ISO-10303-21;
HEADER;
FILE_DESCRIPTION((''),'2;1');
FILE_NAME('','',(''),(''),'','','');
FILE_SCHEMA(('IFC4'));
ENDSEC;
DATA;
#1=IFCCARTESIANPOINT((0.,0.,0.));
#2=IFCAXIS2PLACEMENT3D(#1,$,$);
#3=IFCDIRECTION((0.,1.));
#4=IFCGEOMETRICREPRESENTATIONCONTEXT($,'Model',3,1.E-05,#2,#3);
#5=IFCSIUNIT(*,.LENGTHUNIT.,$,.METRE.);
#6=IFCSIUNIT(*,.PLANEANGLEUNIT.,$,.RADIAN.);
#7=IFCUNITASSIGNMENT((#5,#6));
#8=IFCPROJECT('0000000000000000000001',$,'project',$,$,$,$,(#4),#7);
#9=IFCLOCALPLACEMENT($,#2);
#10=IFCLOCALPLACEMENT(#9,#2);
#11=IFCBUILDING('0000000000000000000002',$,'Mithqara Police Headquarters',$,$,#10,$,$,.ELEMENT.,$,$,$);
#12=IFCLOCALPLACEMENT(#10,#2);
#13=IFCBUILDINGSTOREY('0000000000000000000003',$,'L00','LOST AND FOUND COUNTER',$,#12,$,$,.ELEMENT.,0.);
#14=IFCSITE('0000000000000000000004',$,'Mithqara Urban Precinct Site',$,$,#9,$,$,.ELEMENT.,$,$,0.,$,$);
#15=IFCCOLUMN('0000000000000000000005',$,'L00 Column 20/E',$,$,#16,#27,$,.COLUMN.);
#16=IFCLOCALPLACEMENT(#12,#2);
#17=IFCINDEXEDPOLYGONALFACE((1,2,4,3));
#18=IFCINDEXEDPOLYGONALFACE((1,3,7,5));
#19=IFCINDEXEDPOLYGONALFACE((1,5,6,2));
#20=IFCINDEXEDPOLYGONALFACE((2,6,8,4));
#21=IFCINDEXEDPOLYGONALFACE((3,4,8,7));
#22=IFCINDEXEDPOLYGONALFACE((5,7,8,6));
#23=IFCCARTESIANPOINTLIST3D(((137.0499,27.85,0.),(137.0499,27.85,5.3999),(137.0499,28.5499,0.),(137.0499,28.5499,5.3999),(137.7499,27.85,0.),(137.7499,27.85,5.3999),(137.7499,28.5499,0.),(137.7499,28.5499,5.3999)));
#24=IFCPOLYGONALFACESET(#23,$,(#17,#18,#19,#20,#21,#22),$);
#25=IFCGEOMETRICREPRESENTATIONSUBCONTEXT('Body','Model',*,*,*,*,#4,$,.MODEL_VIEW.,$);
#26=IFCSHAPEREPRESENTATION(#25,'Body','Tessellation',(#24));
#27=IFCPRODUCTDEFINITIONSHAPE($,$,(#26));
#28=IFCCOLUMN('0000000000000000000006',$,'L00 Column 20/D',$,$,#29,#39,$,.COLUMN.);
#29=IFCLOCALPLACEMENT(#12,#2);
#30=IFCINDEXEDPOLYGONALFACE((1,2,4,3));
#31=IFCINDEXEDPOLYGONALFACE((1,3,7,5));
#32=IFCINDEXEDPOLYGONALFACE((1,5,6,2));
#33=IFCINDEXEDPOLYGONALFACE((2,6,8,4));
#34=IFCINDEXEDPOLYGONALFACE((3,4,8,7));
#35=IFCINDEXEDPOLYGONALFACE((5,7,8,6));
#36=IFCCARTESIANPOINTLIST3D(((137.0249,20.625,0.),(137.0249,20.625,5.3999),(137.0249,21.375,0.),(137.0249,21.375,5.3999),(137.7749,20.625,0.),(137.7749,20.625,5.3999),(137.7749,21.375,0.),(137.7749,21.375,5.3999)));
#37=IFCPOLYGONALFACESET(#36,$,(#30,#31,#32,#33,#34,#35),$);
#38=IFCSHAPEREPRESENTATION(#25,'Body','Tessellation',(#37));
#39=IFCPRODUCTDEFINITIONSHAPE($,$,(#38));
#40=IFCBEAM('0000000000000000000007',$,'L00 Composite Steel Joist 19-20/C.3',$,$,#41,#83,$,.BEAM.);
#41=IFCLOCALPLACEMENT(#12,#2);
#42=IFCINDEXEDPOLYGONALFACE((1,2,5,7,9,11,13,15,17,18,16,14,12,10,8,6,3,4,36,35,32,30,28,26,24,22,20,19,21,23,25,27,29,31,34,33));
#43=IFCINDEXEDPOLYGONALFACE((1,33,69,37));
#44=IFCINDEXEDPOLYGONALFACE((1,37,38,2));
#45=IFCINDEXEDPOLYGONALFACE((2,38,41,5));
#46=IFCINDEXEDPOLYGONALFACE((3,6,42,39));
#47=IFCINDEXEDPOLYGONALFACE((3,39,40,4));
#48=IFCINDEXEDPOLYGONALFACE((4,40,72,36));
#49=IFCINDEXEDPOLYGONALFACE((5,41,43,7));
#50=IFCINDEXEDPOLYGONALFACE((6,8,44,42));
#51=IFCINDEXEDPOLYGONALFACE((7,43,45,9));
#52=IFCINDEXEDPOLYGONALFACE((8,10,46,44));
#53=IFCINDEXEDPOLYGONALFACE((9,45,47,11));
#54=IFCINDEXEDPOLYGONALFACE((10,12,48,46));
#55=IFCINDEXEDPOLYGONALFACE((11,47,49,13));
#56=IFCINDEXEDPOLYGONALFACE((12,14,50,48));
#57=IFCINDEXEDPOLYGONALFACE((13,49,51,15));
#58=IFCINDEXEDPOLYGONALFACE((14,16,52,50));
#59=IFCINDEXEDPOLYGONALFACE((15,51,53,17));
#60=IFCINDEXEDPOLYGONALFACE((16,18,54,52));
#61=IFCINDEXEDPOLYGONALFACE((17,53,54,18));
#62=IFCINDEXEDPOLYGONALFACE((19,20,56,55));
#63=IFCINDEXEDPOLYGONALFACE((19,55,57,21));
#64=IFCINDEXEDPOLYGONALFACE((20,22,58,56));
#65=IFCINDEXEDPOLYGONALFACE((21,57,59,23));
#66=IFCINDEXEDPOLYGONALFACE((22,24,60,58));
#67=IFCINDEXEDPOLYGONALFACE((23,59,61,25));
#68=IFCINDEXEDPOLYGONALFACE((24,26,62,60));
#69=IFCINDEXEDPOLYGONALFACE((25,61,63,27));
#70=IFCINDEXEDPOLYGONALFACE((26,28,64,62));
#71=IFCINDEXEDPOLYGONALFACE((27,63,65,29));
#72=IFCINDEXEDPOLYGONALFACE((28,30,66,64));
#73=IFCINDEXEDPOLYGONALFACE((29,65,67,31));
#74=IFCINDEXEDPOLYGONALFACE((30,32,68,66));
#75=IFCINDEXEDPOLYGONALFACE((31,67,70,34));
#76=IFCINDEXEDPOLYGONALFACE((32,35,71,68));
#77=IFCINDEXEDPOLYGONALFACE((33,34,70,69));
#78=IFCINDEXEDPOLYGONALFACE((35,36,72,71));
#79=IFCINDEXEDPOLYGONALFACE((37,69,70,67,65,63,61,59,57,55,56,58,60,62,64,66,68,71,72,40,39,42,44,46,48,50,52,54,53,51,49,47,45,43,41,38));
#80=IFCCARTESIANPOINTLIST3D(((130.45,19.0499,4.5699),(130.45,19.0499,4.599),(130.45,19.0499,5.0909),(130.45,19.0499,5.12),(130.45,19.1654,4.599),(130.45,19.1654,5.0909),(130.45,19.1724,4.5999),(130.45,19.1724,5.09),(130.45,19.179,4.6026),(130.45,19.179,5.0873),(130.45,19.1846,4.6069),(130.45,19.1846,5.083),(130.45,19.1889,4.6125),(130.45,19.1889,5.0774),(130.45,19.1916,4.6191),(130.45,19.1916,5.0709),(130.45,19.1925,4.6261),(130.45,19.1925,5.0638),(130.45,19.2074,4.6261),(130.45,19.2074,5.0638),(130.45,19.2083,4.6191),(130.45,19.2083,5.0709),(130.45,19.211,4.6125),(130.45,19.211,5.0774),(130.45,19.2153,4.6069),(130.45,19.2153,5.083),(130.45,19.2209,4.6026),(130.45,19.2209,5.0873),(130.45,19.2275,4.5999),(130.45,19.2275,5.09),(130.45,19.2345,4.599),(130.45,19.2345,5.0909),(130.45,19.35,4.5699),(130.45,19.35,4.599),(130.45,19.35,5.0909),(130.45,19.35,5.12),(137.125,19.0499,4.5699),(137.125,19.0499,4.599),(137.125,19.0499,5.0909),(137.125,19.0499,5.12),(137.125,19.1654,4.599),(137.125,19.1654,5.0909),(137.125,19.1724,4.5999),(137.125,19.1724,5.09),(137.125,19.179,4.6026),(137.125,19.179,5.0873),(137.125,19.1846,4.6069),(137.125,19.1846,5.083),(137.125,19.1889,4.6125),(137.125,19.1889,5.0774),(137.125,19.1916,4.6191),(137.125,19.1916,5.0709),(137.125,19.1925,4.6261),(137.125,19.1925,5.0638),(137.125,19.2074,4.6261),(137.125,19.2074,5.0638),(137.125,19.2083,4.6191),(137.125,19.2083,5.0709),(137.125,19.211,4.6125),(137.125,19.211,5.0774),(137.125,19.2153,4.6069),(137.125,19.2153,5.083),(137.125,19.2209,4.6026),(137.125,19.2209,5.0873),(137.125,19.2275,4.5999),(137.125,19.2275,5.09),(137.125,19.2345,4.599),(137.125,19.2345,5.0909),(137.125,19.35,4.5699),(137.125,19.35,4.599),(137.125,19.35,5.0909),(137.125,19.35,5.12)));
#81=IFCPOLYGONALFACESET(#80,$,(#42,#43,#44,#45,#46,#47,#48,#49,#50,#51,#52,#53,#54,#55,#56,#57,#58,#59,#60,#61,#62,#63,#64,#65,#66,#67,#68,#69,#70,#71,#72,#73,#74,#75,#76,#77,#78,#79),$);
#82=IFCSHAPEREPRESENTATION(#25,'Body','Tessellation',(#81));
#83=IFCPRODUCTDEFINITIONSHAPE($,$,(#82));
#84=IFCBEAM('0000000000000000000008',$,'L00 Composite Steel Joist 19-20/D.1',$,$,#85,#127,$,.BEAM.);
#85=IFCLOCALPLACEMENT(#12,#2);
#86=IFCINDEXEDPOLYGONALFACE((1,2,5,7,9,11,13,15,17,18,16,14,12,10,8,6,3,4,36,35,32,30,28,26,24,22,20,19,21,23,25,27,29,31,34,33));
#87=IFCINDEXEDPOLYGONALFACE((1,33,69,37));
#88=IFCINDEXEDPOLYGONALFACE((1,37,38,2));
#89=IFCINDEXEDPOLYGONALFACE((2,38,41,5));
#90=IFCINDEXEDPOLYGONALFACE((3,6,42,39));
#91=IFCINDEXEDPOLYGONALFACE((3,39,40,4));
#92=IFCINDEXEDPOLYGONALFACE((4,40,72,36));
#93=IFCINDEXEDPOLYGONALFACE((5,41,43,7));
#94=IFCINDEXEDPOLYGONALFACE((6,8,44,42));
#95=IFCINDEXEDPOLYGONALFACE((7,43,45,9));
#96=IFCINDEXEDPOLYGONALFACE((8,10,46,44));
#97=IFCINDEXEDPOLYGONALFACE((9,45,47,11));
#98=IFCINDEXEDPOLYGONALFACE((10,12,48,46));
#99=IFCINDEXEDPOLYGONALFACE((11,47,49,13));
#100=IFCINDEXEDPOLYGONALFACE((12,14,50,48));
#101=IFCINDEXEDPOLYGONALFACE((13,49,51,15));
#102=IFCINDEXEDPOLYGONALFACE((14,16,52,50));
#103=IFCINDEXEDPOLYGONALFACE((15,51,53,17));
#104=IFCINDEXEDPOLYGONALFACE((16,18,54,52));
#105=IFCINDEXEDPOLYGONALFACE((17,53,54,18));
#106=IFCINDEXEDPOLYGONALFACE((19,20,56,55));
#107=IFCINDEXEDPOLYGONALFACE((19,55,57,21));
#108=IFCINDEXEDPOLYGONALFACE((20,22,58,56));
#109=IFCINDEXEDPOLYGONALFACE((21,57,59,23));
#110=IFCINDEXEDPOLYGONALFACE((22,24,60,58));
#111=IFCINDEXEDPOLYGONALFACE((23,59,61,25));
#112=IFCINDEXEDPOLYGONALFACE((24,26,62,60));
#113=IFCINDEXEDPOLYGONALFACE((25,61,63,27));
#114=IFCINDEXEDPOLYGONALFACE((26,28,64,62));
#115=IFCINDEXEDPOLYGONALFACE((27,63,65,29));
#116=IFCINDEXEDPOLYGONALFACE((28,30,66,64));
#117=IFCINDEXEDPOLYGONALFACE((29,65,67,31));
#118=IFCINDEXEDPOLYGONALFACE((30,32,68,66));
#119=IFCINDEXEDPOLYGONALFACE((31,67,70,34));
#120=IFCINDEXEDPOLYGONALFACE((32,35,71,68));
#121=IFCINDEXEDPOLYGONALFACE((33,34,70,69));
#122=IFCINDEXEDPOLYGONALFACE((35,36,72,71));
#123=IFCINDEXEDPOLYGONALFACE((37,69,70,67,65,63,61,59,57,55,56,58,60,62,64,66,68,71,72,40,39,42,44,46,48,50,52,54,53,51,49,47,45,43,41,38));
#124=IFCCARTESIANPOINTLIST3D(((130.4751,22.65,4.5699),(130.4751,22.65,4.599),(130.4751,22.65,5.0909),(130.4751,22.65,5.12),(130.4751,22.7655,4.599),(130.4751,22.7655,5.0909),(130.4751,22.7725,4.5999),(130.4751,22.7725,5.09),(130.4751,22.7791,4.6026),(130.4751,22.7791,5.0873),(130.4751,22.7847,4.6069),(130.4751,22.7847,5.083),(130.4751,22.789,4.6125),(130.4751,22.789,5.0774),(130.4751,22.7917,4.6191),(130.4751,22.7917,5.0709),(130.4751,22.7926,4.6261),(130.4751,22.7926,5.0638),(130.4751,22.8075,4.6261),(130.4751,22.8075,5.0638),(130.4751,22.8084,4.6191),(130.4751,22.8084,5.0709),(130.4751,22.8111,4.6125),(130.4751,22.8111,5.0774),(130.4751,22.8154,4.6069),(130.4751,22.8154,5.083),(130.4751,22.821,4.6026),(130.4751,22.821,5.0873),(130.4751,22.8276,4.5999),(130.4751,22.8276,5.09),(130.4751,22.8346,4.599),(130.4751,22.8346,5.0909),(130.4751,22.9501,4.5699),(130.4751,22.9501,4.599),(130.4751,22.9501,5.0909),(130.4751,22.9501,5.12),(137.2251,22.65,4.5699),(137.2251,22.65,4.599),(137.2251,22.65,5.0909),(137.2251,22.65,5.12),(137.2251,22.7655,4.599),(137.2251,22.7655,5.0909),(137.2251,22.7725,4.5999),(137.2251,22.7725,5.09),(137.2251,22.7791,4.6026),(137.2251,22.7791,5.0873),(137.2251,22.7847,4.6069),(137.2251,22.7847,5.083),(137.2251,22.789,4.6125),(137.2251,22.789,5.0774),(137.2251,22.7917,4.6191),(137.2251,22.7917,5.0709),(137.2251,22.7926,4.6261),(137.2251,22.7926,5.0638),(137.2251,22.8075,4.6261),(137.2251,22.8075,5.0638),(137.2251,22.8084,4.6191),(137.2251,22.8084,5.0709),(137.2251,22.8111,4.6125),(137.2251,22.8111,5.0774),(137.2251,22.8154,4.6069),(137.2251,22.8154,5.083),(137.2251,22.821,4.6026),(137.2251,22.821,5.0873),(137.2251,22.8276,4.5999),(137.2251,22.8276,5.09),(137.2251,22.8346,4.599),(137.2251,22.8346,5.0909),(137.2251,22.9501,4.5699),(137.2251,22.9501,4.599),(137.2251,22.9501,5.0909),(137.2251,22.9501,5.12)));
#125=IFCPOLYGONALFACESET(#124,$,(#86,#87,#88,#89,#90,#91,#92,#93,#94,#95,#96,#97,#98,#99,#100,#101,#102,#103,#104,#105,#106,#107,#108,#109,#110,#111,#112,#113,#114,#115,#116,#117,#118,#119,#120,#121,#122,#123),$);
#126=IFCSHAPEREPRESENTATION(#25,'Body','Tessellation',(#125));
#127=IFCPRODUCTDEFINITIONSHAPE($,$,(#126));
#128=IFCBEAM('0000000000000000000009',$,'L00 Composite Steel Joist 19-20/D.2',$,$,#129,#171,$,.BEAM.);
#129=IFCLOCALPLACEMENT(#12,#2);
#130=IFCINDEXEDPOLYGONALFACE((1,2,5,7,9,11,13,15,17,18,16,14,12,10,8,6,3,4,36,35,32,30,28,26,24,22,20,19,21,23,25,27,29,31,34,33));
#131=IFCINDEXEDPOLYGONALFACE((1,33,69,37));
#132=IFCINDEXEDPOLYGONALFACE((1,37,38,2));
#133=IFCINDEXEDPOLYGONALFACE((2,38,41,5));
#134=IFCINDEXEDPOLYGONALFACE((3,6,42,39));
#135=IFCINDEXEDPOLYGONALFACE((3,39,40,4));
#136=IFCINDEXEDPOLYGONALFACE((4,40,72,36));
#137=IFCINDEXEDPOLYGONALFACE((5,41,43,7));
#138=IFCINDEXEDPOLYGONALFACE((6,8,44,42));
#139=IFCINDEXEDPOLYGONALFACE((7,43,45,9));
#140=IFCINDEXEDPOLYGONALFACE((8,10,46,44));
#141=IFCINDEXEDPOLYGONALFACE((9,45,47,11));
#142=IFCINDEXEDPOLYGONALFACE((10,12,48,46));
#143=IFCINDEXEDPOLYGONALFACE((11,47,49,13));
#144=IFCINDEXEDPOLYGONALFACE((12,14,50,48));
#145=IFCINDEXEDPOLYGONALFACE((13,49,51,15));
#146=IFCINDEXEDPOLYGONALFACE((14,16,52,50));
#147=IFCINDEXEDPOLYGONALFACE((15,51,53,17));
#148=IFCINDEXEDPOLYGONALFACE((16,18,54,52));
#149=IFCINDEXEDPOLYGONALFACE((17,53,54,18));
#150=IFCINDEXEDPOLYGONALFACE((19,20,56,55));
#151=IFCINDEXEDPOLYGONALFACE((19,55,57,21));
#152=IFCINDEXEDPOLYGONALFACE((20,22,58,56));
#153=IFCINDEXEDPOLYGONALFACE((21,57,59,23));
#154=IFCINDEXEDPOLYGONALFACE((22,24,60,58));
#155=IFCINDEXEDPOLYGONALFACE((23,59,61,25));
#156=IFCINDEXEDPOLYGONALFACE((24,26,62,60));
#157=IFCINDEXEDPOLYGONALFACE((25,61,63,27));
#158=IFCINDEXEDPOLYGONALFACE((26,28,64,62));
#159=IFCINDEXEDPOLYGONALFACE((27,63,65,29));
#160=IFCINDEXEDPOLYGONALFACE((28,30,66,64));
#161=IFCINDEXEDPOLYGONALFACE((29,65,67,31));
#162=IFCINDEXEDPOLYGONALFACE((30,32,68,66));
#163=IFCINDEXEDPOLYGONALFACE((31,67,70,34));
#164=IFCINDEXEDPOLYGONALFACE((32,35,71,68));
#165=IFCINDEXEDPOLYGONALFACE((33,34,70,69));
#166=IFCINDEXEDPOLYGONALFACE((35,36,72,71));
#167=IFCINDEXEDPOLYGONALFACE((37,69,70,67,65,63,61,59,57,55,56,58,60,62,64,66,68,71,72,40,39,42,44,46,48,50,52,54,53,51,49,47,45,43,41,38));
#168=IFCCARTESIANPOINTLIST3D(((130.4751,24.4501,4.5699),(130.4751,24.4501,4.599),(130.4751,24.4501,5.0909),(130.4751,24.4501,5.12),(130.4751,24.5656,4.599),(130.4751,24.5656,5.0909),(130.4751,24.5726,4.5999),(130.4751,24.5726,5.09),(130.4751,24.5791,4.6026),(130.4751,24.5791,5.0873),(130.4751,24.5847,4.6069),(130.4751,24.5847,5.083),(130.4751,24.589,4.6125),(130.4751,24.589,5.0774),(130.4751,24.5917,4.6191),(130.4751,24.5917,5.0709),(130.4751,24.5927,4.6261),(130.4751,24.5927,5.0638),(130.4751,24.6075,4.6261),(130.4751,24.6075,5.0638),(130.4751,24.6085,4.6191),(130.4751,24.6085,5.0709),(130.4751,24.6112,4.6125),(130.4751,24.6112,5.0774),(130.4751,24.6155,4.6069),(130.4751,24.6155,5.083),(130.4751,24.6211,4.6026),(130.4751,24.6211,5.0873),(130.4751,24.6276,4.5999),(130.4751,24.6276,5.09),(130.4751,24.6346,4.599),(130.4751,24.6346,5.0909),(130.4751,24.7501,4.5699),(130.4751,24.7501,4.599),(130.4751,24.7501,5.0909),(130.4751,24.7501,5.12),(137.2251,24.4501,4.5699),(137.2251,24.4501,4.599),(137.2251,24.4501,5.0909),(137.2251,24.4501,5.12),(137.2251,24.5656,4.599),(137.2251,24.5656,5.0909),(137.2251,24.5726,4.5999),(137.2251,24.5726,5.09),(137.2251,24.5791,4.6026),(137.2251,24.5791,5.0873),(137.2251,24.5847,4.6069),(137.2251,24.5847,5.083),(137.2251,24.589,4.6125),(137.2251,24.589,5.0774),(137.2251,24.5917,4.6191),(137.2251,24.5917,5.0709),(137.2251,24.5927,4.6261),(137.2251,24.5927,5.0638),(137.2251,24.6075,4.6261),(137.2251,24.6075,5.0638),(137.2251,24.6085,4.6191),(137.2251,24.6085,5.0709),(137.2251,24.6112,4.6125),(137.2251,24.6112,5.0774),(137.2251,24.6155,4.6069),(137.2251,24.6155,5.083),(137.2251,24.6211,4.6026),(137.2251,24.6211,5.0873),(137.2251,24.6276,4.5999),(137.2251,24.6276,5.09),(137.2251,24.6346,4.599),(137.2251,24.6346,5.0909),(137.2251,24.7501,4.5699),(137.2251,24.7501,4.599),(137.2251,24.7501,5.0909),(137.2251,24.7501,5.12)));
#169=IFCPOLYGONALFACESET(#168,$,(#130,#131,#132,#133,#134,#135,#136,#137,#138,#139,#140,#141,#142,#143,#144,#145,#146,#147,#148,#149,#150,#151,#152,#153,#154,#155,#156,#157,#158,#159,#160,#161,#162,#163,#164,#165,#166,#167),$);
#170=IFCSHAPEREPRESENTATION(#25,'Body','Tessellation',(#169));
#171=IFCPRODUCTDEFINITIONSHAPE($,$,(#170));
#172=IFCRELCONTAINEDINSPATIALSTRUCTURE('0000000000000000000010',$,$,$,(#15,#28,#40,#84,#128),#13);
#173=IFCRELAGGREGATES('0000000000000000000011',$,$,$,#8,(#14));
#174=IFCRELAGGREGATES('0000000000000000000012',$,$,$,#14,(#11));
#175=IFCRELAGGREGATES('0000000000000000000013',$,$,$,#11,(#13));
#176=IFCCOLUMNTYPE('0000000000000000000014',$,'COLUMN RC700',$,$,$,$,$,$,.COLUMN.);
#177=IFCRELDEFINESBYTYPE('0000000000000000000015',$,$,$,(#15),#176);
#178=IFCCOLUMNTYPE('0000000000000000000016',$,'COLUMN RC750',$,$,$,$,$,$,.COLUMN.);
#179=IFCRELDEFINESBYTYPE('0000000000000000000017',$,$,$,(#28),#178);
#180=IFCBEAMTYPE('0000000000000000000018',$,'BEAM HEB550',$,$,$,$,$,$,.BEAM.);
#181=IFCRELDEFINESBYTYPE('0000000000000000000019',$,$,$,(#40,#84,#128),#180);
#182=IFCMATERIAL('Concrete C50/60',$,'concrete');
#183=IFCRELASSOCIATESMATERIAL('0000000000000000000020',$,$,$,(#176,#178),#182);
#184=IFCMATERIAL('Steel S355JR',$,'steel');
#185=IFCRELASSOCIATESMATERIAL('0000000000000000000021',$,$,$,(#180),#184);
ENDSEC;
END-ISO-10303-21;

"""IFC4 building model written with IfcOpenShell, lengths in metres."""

from ifc_helpers import new_model, si_unit, direction, frame, origin, origin_2d, place, context, subcontext, project, spatial, rectangle, i_section, extrude, material, material_profile, profile_set, type_object, element, save


model = new_model("IFC4")

# Units and contexts
model_context = context("Model", 3, precision=1e-05, world=origin(), true_north=direction((0.0, 1.0)))
body_context = subcontext(model_context, "Body", "Model", "MODEL_VIEW")
ifc_project = project(units=[si_unit("LENGTHUNIT", "METRE"), si_unit("PLANEANGLEUNIT", "RADIAN")], contexts=[model_context])

# Site, building, storey
site_placement = place(None, origin())
site = spatial("IfcSite", under=ifc_project, at=site_placement, Name="Mithqara Urban Precinct Site", CompositionType="ELEMENT", RefElevation=0.0)
building_placement = place(site_placement, origin())
building = spatial("IfcBuilding", under=site, at=building_placement, Name="Mithqara Police Headquarters", CompositionType="ELEMENT")
storey_placement = place(building_placement, origin())
storey = spatial("IfcBuildingStorey", under=building, at=storey_placement, Name="L00", Description="LOST AND FOUND COUNTER", CompositionType="ELEMENT", Elevation=0.0)

# Columns
ifc_material_1 = material(Name="Concrete C50/60", Category="concrete")
ifc_material_profile_1 = material_profile(ifc_material_1, rectangle(XDim=0.7, YDim=0.7, at=origin_2d()), Name="RC 700x700")
ifc_profile_set_1 = profile_set([ifc_material_profile_1], Name="Concrete C50/60")
column_type_1 = type_object("IfcColumnType", Name="COLUMN RC700", PredefinedType="COLUMN", material=ifc_profile_set_1)
column_1_placement = place(storey_placement, frame((137.3999, 28.2, 0.0), z_axis=(0.0, 0.0, 1.0), x_axis=(1.0, 0.0, 0.0)))
element("IfcColumn", 1, at=column_1_placement, inside=storey, type_object=column_type_1, Name="L00 Column 20/E", PredefinedType="COLUMN", context=body_context, shape_type="SweptSolid", body=[
    extrude(rectangle(XDim=0.7, YDim=0.7, at=origin_2d()), origin(), (0.0, 0.0, 1.0), 5.3999),
])
ifc_material_profile_2 = material_profile(ifc_material_1, rectangle(XDim=0.75, YDim=0.75, at=origin_2d()), Name="RC 750x750")
ifc_profile_set_2 = profile_set([ifc_material_profile_2], Name="Concrete C50/60")
column_type_2 = type_object("IfcColumnType", Name="COLUMN RC750", PredefinedType="COLUMN", material=ifc_profile_set_2)
column_2_placement = place(storey_placement, frame((137.3999, 21.0, 0.0), z_axis=(0.0, 0.0, 1.0), x_axis=(1.0, 0.0, 0.0)))
element("IfcColumn", 2, at=column_2_placement, inside=storey, type_object=column_type_2, Name="L00 Column 20/D", PredefinedType="COLUMN", context=body_context, shape_type="SweptSolid", body=[
    extrude(rectangle(XDim=0.75, YDim=0.75, at=origin_2d()), origin(), (0.0, 0.0, 1.0), 5.3999),
])

# Beams
ifc_material_2 = material(Name="Steel S355JR", Category="steel")
ifc_material_profile_3 = material_profile(ifc_material_2, i_section(OverallWidth=0.3, OverallDepth=0.55, WebThickness=0.0149, FlangeThickness=0.0291, FilletRadius=0.0271, at=origin_2d()), Name="HEB 550")
ifc_profile_set_3 = profile_set([ifc_material_profile_3], Name="Steel S355JR")
beam_type_1 = type_object("IfcBeamType", Name="BEAM HEB550", PredefinedType="BEAM", material=ifc_profile_set_3)
beam_1_placement = place(storey_placement, frame((130.45, 19.2, 4.845), z_axis=(1.0, 0.0, 0.0), x_axis=(0.0, 1.0, 0.0)))
element("IfcBeam", 3, at=beam_1_placement, inside=storey, type_object=beam_type_1, Name="L00 Composite Steel Joist 19-20/C.3", PredefinedType="BEAM", context=body_context, shape_type="SweptSolid", body=[
    extrude(i_section(OverallWidth=0.3, OverallDepth=0.55, WebThickness=0.0149, FlangeThickness=0.0291, FilletRadius=0.0271, at=origin_2d()), origin(), (0.0, 0.0, 1.0), 6.675),
])
for number, where, z_axis, x_axis, name in (
    (4, (130.4751, 22.8, 4.845), (1.0, 0.0, 0.0), (0.0, 1.0, 0.0), "L00 Composite Steel Joist 19-20/D.1"),
    (5, (130.4751, 24.6001, 4.845), (1.0, 0.0, 0.0), (0.0, 1.0, 0.0), "L00 Composite Steel Joist 19-20/D.2"),
):
    element("IfcBeam", number, at=place(storey_placement, frame(where, z_axis=z_axis, x_axis=x_axis)), inside=storey, type_object=beam_type_1, Name=name, PredefinedType="BEAM", context=body_context, shape_type="SweptSolid", body=[
        extrude(i_section(OverallWidth=0.3, OverallDepth=0.55, WebThickness=0.0149, FlangeThickness=0.0291, FilletRadius=0.0271, at=origin_2d()), origin(), (0.0, 0.0, 1.0), 6.75),
    ])

save(model, "model.ifc")
